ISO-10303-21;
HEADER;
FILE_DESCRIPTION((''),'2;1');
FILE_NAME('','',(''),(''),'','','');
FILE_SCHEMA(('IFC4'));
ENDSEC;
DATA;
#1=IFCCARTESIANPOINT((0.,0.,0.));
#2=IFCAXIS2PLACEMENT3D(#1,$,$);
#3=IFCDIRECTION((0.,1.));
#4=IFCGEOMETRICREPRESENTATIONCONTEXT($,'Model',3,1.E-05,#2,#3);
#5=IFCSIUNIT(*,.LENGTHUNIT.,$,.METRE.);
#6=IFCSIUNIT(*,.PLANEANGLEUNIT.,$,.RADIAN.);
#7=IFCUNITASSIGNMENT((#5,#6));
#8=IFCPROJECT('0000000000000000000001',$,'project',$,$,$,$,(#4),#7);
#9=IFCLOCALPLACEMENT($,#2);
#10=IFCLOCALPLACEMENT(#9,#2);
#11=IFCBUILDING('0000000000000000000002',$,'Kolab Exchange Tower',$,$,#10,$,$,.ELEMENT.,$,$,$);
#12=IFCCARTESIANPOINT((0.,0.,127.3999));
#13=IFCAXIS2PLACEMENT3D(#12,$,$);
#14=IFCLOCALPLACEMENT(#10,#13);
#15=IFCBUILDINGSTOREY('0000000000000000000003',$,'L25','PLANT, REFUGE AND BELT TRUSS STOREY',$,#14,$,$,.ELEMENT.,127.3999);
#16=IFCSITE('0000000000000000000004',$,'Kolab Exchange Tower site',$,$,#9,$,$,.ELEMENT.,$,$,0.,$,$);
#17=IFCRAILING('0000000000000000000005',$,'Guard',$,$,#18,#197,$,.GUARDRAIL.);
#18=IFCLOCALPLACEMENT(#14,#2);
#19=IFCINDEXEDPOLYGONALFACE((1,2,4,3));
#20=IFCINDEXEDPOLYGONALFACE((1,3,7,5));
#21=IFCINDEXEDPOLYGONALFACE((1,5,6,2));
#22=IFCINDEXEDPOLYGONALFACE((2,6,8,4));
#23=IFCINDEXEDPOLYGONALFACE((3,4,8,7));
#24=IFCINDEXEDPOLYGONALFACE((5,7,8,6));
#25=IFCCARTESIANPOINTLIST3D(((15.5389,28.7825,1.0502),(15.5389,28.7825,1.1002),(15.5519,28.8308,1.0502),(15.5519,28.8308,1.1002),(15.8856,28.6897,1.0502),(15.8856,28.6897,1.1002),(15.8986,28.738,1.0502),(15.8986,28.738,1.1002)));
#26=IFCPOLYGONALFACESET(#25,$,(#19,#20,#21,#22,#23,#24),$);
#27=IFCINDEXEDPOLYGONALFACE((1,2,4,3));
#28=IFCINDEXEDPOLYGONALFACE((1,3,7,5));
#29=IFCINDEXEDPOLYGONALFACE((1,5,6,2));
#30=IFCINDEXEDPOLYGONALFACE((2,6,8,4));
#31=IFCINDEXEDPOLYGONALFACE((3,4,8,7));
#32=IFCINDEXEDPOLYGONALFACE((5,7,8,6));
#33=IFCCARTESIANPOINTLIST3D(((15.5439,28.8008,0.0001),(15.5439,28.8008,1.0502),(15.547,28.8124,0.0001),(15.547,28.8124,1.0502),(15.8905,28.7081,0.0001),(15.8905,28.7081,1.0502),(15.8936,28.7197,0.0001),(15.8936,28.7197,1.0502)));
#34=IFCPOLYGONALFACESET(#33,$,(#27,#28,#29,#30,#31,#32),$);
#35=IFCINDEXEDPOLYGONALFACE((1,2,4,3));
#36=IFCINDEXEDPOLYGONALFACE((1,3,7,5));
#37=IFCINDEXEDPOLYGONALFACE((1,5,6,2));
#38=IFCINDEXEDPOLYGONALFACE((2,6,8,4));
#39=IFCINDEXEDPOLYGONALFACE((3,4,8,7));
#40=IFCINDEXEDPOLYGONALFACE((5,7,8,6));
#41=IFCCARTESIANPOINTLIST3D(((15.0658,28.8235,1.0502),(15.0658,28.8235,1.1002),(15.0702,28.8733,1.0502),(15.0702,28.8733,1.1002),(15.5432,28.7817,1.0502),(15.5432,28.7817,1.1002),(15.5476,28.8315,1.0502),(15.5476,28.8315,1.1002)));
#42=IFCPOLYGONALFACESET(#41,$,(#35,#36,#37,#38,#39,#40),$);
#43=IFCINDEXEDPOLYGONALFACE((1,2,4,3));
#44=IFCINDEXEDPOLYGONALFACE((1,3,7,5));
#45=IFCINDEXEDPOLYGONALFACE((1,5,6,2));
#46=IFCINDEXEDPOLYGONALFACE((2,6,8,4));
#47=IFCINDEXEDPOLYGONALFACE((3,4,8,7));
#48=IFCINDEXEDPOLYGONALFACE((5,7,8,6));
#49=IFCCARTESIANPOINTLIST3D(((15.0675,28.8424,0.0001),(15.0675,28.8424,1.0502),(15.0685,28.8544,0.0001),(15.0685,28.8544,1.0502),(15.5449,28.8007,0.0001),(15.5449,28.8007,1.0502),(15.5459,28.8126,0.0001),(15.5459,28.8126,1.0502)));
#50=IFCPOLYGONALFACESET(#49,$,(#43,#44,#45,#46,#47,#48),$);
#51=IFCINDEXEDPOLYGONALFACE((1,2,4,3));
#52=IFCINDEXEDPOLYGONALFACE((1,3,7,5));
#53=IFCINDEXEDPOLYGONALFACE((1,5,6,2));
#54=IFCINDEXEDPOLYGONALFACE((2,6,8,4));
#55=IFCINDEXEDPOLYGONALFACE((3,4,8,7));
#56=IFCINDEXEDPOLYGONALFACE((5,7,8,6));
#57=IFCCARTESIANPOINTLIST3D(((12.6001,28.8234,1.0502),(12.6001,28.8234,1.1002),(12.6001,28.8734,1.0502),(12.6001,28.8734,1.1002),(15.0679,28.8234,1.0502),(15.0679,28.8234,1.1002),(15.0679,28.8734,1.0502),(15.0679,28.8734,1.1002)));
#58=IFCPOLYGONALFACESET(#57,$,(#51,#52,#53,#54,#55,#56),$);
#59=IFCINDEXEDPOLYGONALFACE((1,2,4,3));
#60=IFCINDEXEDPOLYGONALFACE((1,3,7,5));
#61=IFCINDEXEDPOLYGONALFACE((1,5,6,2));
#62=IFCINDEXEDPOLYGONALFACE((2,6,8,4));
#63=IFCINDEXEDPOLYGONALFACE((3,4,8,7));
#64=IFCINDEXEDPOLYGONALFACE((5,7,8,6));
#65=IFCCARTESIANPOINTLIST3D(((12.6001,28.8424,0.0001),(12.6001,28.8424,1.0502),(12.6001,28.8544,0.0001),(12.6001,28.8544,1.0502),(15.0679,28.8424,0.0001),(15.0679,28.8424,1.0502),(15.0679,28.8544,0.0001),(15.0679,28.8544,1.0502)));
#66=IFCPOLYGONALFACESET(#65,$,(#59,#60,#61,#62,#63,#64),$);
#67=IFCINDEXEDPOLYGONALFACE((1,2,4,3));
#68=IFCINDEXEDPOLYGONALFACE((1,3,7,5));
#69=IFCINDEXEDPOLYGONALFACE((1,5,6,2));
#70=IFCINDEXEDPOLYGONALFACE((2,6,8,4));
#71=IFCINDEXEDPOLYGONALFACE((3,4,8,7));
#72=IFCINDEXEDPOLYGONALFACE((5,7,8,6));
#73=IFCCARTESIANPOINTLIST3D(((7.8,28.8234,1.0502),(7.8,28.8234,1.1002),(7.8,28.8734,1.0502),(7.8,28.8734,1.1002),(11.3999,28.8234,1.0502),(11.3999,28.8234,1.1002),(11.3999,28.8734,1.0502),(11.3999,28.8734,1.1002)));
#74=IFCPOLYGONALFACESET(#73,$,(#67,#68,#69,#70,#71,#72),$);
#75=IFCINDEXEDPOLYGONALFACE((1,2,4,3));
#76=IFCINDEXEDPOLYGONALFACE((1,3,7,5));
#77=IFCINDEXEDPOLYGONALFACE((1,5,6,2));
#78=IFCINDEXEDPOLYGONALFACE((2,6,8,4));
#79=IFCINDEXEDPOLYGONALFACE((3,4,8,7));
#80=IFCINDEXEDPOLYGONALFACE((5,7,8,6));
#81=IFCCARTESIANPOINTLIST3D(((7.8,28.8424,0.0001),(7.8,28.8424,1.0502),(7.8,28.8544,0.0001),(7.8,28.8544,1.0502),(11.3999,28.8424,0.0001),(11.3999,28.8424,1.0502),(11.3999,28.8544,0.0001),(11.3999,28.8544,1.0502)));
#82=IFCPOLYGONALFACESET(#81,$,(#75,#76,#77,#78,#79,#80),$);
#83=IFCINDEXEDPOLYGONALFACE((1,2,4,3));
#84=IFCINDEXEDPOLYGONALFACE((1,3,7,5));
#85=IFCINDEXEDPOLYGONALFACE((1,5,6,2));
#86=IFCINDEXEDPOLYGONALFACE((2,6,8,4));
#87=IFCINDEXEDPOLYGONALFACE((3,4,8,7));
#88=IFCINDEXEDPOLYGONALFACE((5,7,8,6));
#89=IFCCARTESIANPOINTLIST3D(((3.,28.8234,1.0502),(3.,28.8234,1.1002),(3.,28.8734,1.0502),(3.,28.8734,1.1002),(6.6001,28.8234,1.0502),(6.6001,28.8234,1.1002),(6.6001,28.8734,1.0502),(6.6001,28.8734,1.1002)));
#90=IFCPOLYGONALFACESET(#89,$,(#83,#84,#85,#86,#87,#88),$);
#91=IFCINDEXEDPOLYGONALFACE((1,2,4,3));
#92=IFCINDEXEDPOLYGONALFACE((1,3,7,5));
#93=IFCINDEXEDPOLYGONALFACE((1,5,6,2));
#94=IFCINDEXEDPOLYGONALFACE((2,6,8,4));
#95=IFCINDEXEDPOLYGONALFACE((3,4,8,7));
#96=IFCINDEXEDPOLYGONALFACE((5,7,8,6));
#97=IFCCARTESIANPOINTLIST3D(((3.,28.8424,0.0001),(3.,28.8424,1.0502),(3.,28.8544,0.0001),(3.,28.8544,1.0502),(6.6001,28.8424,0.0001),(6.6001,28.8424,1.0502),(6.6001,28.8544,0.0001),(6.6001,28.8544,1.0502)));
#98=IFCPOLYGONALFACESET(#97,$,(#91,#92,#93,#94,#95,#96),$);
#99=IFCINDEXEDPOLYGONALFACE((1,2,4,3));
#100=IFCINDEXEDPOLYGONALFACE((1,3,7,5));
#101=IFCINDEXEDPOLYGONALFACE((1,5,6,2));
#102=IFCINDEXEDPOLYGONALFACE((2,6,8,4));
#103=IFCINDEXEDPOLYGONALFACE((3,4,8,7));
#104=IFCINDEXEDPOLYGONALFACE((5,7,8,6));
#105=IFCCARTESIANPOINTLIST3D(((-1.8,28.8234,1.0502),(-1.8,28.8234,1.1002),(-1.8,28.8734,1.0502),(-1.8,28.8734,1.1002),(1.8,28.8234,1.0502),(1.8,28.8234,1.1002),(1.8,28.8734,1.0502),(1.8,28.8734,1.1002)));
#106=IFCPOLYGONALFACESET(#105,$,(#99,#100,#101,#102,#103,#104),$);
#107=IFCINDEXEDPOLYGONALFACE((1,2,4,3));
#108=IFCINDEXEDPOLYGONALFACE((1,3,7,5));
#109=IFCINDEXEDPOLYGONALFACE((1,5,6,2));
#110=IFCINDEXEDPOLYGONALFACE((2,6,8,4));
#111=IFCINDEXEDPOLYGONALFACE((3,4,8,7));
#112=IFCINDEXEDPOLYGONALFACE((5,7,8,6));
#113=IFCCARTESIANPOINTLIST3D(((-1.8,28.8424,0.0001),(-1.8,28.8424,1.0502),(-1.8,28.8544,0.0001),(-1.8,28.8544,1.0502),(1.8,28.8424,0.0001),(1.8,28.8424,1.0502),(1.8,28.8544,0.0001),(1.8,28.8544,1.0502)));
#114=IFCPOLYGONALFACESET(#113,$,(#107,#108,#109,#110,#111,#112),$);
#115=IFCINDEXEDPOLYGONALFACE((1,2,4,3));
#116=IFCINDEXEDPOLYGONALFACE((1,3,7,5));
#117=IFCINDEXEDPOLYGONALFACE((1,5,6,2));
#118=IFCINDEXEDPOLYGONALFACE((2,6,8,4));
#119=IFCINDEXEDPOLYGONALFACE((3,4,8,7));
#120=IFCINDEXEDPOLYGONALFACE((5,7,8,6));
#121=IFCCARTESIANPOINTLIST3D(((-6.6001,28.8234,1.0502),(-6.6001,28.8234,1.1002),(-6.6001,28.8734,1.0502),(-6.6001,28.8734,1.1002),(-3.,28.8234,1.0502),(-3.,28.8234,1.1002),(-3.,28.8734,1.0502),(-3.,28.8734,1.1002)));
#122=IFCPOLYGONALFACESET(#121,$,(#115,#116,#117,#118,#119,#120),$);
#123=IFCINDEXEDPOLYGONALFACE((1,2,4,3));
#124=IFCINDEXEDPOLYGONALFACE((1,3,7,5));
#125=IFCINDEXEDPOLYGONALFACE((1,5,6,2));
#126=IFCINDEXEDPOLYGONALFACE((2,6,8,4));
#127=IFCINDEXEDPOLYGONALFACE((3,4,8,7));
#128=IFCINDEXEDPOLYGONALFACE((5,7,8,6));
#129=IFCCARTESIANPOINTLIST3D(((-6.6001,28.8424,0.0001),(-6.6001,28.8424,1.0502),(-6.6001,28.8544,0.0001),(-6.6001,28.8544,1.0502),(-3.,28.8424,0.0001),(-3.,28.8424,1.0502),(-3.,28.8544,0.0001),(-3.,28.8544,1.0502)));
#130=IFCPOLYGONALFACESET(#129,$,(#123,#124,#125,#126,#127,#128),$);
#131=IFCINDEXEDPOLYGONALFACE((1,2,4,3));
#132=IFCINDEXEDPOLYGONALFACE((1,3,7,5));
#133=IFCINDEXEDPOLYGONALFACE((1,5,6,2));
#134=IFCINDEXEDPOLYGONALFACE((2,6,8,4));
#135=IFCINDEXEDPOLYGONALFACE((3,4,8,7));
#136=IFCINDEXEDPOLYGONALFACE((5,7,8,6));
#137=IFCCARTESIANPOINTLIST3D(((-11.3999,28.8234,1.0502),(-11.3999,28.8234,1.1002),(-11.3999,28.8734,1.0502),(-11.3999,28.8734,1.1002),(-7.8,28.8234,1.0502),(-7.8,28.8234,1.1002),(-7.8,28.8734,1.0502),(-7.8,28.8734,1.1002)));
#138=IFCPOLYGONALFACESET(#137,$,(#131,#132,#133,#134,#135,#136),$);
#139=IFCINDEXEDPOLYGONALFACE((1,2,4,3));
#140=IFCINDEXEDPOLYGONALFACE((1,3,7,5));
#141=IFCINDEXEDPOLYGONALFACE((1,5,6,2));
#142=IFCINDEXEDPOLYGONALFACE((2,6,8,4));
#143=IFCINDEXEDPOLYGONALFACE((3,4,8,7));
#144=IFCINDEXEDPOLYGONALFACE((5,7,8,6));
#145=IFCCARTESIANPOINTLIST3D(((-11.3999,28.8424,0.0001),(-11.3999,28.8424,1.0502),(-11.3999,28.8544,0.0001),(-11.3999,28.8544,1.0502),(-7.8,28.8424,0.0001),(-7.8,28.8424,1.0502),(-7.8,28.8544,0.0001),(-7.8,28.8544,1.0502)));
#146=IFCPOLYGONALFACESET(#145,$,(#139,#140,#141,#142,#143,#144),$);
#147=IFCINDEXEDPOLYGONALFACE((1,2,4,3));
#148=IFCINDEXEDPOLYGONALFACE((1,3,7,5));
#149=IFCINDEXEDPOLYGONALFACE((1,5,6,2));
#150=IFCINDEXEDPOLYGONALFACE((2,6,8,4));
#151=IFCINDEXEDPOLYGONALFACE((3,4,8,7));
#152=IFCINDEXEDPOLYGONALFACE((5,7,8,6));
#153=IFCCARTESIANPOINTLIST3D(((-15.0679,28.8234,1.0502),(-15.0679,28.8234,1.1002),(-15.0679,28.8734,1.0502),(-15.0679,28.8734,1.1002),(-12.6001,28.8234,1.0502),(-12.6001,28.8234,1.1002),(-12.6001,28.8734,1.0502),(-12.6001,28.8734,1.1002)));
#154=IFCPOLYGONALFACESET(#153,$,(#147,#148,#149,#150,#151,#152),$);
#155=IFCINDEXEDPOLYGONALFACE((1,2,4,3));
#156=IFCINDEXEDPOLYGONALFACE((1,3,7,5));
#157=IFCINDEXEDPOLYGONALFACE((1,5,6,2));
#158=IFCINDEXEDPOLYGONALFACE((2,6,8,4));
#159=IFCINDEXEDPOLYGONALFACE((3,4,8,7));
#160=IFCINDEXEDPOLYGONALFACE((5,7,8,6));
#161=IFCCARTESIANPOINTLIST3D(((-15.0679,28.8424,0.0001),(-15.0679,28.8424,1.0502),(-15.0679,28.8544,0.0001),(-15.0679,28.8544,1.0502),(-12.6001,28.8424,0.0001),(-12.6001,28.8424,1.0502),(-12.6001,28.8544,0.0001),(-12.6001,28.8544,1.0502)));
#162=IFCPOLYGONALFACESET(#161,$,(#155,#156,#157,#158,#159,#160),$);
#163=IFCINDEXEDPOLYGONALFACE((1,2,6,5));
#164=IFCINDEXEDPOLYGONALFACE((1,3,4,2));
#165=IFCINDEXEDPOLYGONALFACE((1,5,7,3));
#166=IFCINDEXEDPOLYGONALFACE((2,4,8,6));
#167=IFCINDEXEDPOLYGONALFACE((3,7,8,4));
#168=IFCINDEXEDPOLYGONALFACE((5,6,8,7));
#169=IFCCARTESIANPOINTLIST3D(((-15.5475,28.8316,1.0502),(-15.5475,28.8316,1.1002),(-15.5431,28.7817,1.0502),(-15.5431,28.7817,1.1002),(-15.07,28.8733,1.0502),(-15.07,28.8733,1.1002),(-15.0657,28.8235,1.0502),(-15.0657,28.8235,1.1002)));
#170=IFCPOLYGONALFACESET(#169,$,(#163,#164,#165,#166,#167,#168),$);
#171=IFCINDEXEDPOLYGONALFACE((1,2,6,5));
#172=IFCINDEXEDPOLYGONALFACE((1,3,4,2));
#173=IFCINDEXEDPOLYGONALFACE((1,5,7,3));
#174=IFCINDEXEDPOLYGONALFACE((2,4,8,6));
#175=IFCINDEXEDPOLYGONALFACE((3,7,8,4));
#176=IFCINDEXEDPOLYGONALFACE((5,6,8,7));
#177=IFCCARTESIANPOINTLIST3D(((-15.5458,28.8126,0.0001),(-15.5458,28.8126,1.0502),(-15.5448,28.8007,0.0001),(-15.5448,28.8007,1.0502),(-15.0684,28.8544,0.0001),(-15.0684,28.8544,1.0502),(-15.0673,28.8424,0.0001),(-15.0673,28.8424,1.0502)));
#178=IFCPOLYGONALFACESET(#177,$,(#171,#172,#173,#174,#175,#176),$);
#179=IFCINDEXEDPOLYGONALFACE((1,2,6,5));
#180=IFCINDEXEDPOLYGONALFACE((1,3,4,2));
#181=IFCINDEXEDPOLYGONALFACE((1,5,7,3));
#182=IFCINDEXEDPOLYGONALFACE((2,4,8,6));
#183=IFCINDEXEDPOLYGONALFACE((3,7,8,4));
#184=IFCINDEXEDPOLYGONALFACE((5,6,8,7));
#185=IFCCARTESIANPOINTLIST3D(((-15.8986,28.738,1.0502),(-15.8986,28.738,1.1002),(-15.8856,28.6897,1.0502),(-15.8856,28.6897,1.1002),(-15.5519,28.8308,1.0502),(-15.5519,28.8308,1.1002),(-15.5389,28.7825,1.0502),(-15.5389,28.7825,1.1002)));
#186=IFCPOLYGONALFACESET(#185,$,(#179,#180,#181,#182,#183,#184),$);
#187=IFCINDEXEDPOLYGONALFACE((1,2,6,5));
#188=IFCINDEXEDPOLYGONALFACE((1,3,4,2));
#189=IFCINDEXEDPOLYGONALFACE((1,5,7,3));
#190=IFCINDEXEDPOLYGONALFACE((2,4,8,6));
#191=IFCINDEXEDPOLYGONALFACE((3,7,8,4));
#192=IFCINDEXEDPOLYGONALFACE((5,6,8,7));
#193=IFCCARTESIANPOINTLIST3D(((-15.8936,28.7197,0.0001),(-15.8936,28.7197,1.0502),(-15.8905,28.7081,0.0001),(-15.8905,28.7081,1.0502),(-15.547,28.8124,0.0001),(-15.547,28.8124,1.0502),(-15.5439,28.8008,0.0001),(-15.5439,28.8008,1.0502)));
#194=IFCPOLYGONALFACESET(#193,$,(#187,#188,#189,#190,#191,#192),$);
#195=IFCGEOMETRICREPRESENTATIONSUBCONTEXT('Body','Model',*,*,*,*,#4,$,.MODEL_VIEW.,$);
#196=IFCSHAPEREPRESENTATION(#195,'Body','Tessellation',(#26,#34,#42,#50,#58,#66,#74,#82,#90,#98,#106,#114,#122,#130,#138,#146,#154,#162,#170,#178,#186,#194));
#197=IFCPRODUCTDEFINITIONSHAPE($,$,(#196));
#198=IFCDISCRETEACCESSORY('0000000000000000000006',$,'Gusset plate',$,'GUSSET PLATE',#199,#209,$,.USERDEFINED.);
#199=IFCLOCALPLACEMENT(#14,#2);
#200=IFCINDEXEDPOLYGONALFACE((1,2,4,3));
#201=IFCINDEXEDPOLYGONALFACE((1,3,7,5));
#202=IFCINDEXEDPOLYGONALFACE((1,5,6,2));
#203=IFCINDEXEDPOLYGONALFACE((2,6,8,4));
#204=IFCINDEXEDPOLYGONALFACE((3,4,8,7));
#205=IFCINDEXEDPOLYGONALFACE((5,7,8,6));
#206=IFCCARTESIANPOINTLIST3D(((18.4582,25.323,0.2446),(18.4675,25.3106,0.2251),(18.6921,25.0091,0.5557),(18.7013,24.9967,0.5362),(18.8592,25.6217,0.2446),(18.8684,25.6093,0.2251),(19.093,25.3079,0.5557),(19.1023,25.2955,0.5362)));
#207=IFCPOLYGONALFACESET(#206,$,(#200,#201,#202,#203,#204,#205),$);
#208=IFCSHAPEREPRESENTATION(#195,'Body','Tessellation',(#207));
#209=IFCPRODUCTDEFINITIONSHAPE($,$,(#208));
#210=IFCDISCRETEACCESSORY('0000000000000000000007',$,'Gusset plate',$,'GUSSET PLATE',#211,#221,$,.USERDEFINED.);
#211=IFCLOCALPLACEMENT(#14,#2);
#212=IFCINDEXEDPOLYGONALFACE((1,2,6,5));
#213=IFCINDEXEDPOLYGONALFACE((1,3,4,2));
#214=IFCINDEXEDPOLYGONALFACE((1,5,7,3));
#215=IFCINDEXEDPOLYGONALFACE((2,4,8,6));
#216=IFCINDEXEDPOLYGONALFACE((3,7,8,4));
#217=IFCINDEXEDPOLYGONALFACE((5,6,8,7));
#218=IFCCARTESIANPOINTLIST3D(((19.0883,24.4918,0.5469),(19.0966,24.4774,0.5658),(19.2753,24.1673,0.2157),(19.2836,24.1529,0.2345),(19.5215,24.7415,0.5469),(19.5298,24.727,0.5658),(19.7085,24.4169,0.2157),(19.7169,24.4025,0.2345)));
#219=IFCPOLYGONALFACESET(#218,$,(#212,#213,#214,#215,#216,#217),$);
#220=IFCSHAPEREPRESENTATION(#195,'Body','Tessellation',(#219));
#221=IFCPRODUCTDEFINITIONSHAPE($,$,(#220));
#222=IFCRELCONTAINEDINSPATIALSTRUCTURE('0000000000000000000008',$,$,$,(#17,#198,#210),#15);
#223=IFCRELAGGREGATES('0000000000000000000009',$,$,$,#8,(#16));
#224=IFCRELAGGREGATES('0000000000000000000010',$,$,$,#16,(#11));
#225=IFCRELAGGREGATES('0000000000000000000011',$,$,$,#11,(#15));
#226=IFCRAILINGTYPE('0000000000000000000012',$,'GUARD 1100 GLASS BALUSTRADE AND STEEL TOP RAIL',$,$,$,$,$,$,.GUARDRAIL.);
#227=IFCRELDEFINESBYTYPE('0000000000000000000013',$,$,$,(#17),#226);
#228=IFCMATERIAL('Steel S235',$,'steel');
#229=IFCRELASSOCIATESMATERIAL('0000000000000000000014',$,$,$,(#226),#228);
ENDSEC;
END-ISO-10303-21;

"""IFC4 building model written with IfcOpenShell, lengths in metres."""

from ifc_helpers import new_model, si_unit, direction, frame, frame_2d, origin, origin_2d, place, context, subcontext, project, spatial, rectangle, extrude, material, type_object, element, save


model = new_model("IFC4")

# Units and contexts
model_context = context("Model", 3, precision=1e-05, world=origin(), true_north=direction((0.0, 1.0)))
body_context = subcontext(model_context, "Body", "Model", "MODEL_VIEW")
ifc_project = project(units=[si_unit("LENGTHUNIT", "METRE"), si_unit("PLANEANGLEUNIT", "RADIAN")], contexts=[model_context])

# Site, building, storey
site_placement = place(None, origin())
site = spatial("IfcSite", under=ifc_project, at=site_placement, Name="Kolab Exchange Tower site", CompositionType="ELEMENT", RefElevation=0.0)
building_placement = place(site_placement, origin())
building = spatial("IfcBuilding", under=site, at=building_placement, Name="Kolab Exchange Tower", CompositionType="ELEMENT")
storey_placement = place(building_placement, frame((0.0, 0.0, 127.3999)))
storey = spatial("IfcBuildingStorey", under=building, at=storey_placement, Name="L25", Description="PLANT, REFUGE AND BELT TRUSS STOREY", CompositionType="ELEMENT", Elevation=127.3999)

# Railing
ifc_material_1 = material(Name="Steel S235", Category="steel")
railing_type = type_object("IfcRailingType", Name="GUARD 1100 GLASS BALUSTRADE AND STEEL TOP RAIL", PredefinedType="GUARDRAIL", material=ifc_material_1)
railing_placement = place(storey_placement, frame((15.8921, 28.7139, 0.0)))
element("IfcRailing", 1, at=railing_placement, inside=storey, type_object=railing_type, Name="Guard", PredefinedType="GUARDRAIL", context=body_context, shape_type="SweptSolid", body=[
    extrude(rectangle(XDim=0.05, YDim=0.05, at=origin_2d()), frame((0.0, 0.0, 1.0752), z_axis=(-0.966009, 0.258509, 0.0), x_axis=(-0.258509, -0.966009, 0.0)), (0.0, 0.0, 1.0), 0.3589),
    extrude(rectangle(XDim=0.012, YDim=1.0501, at=frame_2d((0.0, 0.5251))), frame((0.0, 0.0, 0.0), z_axis=(-0.966009, 0.258509, 0.0), x_axis=(-0.258509, -0.966009, 0.0)), (0.0, 0.0, 1.0), 0.3589),
    extrude(rectangle(XDim=0.05, YDim=0.05, at=origin_2d()), frame((-0.3467, 0.0928, 1.0752), z_axis=(-0.9962, 0.087091, 0.0), x_axis=(-0.087091, -0.9962, 0.0)), (0.0, 0.0, 1.0), 0.4792),
    extrude(rectangle(XDim=0.012, YDim=1.0501, at=frame_2d((0.0, 0.5251))), frame((-0.3467, 0.0928, 0.0), z_axis=(-0.9962, 0.087091, 0.0), x_axis=(-0.087091, -0.9962, 0.0)), (0.0, 0.0, 1.0), 0.4792),
    extrude(rectangle(XDim=0.05, YDim=0.05, at=origin_2d()), frame((-0.8242, 0.1345, 1.0752), z_axis=(-1.0, 0.0, 0.0), x_axis=(0.0, -1.0, 0.0)), (0.0, 0.0, 1.0), 2.4678),
    extrude(rectangle(XDim=0.012, YDim=1.0501, at=frame_2d((0.0, 0.5251))), frame((-0.8242, 0.1345, 0.0), z_axis=(-1.0, 0.0, 0.0), x_axis=(0.0, -1.0, 0.0)), (0.0, 0.0, 1.0), 2.4678),
    extrude(rectangle(XDim=0.05, YDim=0.05, at=origin_2d()), frame((-4.4922, 0.1345, 1.0752), z_axis=(-1.0, 0.0, 0.0), x_axis=(0.0, -1.0, 0.0)), (0.0, 0.0, 1.0), 3.5999),
    extrude(rectangle(XDim=0.012, YDim=1.0501, at=frame_2d((0.0, 0.5251))), frame((-4.4922, 0.1345, 0.0), z_axis=(-1.0, 0.0, 0.0), x_axis=(0.0, -1.0, 0.0)), (0.0, 0.0, 1.0), 3.5999),
    extrude(rectangle(XDim=0.05, YDim=0.05, at=origin_2d()), frame((-9.292, 0.1345, 1.0752), z_axis=(-1.0, 0.0, 0.0), x_axis=(0.0, -1.0, 0.0)), (0.0, 0.0, 1.0), 3.6001),
    extrude(rectangle(XDim=0.012, YDim=1.0501, at=frame_2d((0.0, 0.5251))), frame((-9.292, 0.1345, 0.0), z_axis=(-1.0, 0.0, 0.0), x_axis=(0.0, -1.0, 0.0)), (0.0, 0.0, 1.0), 3.6001),
    extrude(rectangle(XDim=0.05, YDim=0.05, at=origin_2d()), frame((-14.092, 0.1345, 1.0752), z_axis=(-1.0, 0.0, 0.0), x_axis=(0.0, -1.0, 0.0)), (0.0, 0.0, 1.0), 3.6001),
    extrude(rectangle(XDim=0.012, YDim=1.0501, at=frame_2d((0.0, 0.5251))), frame((-14.092, 0.1345, 0.0), z_axis=(-1.0, 0.0, 0.0), x_axis=(0.0, -1.0, 0.0)), (0.0, 0.0, 1.0), 3.6001),
    extrude(rectangle(XDim=0.05, YDim=0.05, at=origin_2d()), frame((-18.8921, 0.1345, 1.0752), z_axis=(-1.0, 0.0, 0.0), x_axis=(0.0, -1.0, 0.0)), (0.0, 0.0, 1.0), 3.6001),
    extrude(rectangle(XDim=0.012, YDim=1.0501, at=frame_2d((0.0, 0.5251))), frame((-18.8921, 0.1345, 0.0), z_axis=(-1.0, 0.0, 0.0), x_axis=(0.0, -1.0, 0.0)), (0.0, 0.0, 1.0), 3.6001),
    extrude(rectangle(XDim=0.05, YDim=0.05, at=origin_2d()), frame((-23.6921, 0.1345, 1.0752), z_axis=(-1.0, 0.0, 0.0), x_axis=(0.0, -1.0, 0.0)), (0.0, 0.0, 1.0), 3.5999),
    extrude(rectangle(XDim=0.012, YDim=1.0501, at=frame_2d((0.0, 0.5251))), frame((-23.6921, 0.1345, 0.0), z_axis=(-1.0, 0.0, 0.0), x_axis=(0.0, -1.0, 0.0)), (0.0, 0.0, 1.0), 3.5999),
    extrude(rectangle(XDim=0.05, YDim=0.05, at=origin_2d()), frame((-28.4922, 0.1345, 1.0752), z_axis=(-1.0, 0.0, 0.0), x_axis=(0.0, -1.0, 0.0)), (0.0, 0.0, 1.0), 2.4678),
    extrude(rectangle(XDim=0.012, YDim=1.0501, at=frame_2d((0.0, 0.5251))), frame((-28.4922, 0.1345, 0.0), z_axis=(-1.0, 0.0, 0.0), x_axis=(0.0, -1.0, 0.0)), (0.0, 0.0, 1.0), 2.4678),
    extrude(rectangle(XDim=0.05, YDim=0.05, at=origin_2d()), frame((-30.96, 0.1345, 1.0752), z_axis=(-0.9962, -0.087091, 0.0), x_axis=(0.087091, -0.9962, 0.0)), (0.0, 0.0, 1.0), 0.4792),
    extrude(rectangle(XDim=0.012, YDim=1.0501, at=frame_2d((0.0, 0.5251))), frame((-30.96, 0.1345, 0.0), z_axis=(-0.9962, -0.087091, 0.0), x_axis=(0.087091, -0.9962, 0.0)), (0.0, 0.0, 1.0), 0.4792),
    extrude(rectangle(XDim=0.05, YDim=0.05, at=origin_2d()), frame((-31.4375, 0.0928, 1.0752), z_axis=(-0.966009, -0.258509, 0.0), x_axis=(0.258509, -0.966009, 0.0)), (0.0, 0.0, 1.0), 0.3589),
    extrude(rectangle(XDim=0.012, YDim=1.0501, at=frame_2d((0.0, 0.5251))), frame((-31.4375, 0.0928, 0.0), z_axis=(-0.966009, -0.258509, 0.0), x_axis=(0.258509, -0.966009, 0.0)), (0.0, 0.0, 1.0), 0.3589),
])

# Discrete accessories
discrete_accessory_placement = place(storey_placement, frame((18.7756, 25.3154, 0.4001), z_axis=(0.371817, -0.499018, -0.782773), x_axis=(0.801883, 0.597481, 0.0)))
element("IfcDiscreteAccessory", 2, at=discrete_accessory_placement, inside=storey, Name="Gusset plate", ObjectType="GUSSET PLATE", PredefinedType="USERDEFINED", context=body_context, shape_type="SweptSolid", body=[
    extrude(rectangle(XDim=0.5, YDim=0.5, at=origin_2d()), origin(), (0.0, 0.0, 1.0), 0.0249),
])
for number, where, z_axis, x_axis, name in (
    (3, (19.4067, 24.4399, 0.4001), (-0.330768, 0.57398, -0.749092), (-0.86643, -0.499299, 0.0), "Gusset plate"),
):
    element("IfcDiscreteAccessory", number, at=place(storey_placement, frame(where, z_axis=z_axis, x_axis=x_axis)), inside=storey, Name=name, ObjectType="GUSSET PLATE", PredefinedType="USERDEFINED", context=body_context, shape_type="SweptSolid", body=[
        extrude(rectangle(XDim=0.5, YDim=0.5, at=origin_2d()), origin(), (0.0, 0.0, 1.0), 0.0251),
    ])

save(model, "model.ifc")
